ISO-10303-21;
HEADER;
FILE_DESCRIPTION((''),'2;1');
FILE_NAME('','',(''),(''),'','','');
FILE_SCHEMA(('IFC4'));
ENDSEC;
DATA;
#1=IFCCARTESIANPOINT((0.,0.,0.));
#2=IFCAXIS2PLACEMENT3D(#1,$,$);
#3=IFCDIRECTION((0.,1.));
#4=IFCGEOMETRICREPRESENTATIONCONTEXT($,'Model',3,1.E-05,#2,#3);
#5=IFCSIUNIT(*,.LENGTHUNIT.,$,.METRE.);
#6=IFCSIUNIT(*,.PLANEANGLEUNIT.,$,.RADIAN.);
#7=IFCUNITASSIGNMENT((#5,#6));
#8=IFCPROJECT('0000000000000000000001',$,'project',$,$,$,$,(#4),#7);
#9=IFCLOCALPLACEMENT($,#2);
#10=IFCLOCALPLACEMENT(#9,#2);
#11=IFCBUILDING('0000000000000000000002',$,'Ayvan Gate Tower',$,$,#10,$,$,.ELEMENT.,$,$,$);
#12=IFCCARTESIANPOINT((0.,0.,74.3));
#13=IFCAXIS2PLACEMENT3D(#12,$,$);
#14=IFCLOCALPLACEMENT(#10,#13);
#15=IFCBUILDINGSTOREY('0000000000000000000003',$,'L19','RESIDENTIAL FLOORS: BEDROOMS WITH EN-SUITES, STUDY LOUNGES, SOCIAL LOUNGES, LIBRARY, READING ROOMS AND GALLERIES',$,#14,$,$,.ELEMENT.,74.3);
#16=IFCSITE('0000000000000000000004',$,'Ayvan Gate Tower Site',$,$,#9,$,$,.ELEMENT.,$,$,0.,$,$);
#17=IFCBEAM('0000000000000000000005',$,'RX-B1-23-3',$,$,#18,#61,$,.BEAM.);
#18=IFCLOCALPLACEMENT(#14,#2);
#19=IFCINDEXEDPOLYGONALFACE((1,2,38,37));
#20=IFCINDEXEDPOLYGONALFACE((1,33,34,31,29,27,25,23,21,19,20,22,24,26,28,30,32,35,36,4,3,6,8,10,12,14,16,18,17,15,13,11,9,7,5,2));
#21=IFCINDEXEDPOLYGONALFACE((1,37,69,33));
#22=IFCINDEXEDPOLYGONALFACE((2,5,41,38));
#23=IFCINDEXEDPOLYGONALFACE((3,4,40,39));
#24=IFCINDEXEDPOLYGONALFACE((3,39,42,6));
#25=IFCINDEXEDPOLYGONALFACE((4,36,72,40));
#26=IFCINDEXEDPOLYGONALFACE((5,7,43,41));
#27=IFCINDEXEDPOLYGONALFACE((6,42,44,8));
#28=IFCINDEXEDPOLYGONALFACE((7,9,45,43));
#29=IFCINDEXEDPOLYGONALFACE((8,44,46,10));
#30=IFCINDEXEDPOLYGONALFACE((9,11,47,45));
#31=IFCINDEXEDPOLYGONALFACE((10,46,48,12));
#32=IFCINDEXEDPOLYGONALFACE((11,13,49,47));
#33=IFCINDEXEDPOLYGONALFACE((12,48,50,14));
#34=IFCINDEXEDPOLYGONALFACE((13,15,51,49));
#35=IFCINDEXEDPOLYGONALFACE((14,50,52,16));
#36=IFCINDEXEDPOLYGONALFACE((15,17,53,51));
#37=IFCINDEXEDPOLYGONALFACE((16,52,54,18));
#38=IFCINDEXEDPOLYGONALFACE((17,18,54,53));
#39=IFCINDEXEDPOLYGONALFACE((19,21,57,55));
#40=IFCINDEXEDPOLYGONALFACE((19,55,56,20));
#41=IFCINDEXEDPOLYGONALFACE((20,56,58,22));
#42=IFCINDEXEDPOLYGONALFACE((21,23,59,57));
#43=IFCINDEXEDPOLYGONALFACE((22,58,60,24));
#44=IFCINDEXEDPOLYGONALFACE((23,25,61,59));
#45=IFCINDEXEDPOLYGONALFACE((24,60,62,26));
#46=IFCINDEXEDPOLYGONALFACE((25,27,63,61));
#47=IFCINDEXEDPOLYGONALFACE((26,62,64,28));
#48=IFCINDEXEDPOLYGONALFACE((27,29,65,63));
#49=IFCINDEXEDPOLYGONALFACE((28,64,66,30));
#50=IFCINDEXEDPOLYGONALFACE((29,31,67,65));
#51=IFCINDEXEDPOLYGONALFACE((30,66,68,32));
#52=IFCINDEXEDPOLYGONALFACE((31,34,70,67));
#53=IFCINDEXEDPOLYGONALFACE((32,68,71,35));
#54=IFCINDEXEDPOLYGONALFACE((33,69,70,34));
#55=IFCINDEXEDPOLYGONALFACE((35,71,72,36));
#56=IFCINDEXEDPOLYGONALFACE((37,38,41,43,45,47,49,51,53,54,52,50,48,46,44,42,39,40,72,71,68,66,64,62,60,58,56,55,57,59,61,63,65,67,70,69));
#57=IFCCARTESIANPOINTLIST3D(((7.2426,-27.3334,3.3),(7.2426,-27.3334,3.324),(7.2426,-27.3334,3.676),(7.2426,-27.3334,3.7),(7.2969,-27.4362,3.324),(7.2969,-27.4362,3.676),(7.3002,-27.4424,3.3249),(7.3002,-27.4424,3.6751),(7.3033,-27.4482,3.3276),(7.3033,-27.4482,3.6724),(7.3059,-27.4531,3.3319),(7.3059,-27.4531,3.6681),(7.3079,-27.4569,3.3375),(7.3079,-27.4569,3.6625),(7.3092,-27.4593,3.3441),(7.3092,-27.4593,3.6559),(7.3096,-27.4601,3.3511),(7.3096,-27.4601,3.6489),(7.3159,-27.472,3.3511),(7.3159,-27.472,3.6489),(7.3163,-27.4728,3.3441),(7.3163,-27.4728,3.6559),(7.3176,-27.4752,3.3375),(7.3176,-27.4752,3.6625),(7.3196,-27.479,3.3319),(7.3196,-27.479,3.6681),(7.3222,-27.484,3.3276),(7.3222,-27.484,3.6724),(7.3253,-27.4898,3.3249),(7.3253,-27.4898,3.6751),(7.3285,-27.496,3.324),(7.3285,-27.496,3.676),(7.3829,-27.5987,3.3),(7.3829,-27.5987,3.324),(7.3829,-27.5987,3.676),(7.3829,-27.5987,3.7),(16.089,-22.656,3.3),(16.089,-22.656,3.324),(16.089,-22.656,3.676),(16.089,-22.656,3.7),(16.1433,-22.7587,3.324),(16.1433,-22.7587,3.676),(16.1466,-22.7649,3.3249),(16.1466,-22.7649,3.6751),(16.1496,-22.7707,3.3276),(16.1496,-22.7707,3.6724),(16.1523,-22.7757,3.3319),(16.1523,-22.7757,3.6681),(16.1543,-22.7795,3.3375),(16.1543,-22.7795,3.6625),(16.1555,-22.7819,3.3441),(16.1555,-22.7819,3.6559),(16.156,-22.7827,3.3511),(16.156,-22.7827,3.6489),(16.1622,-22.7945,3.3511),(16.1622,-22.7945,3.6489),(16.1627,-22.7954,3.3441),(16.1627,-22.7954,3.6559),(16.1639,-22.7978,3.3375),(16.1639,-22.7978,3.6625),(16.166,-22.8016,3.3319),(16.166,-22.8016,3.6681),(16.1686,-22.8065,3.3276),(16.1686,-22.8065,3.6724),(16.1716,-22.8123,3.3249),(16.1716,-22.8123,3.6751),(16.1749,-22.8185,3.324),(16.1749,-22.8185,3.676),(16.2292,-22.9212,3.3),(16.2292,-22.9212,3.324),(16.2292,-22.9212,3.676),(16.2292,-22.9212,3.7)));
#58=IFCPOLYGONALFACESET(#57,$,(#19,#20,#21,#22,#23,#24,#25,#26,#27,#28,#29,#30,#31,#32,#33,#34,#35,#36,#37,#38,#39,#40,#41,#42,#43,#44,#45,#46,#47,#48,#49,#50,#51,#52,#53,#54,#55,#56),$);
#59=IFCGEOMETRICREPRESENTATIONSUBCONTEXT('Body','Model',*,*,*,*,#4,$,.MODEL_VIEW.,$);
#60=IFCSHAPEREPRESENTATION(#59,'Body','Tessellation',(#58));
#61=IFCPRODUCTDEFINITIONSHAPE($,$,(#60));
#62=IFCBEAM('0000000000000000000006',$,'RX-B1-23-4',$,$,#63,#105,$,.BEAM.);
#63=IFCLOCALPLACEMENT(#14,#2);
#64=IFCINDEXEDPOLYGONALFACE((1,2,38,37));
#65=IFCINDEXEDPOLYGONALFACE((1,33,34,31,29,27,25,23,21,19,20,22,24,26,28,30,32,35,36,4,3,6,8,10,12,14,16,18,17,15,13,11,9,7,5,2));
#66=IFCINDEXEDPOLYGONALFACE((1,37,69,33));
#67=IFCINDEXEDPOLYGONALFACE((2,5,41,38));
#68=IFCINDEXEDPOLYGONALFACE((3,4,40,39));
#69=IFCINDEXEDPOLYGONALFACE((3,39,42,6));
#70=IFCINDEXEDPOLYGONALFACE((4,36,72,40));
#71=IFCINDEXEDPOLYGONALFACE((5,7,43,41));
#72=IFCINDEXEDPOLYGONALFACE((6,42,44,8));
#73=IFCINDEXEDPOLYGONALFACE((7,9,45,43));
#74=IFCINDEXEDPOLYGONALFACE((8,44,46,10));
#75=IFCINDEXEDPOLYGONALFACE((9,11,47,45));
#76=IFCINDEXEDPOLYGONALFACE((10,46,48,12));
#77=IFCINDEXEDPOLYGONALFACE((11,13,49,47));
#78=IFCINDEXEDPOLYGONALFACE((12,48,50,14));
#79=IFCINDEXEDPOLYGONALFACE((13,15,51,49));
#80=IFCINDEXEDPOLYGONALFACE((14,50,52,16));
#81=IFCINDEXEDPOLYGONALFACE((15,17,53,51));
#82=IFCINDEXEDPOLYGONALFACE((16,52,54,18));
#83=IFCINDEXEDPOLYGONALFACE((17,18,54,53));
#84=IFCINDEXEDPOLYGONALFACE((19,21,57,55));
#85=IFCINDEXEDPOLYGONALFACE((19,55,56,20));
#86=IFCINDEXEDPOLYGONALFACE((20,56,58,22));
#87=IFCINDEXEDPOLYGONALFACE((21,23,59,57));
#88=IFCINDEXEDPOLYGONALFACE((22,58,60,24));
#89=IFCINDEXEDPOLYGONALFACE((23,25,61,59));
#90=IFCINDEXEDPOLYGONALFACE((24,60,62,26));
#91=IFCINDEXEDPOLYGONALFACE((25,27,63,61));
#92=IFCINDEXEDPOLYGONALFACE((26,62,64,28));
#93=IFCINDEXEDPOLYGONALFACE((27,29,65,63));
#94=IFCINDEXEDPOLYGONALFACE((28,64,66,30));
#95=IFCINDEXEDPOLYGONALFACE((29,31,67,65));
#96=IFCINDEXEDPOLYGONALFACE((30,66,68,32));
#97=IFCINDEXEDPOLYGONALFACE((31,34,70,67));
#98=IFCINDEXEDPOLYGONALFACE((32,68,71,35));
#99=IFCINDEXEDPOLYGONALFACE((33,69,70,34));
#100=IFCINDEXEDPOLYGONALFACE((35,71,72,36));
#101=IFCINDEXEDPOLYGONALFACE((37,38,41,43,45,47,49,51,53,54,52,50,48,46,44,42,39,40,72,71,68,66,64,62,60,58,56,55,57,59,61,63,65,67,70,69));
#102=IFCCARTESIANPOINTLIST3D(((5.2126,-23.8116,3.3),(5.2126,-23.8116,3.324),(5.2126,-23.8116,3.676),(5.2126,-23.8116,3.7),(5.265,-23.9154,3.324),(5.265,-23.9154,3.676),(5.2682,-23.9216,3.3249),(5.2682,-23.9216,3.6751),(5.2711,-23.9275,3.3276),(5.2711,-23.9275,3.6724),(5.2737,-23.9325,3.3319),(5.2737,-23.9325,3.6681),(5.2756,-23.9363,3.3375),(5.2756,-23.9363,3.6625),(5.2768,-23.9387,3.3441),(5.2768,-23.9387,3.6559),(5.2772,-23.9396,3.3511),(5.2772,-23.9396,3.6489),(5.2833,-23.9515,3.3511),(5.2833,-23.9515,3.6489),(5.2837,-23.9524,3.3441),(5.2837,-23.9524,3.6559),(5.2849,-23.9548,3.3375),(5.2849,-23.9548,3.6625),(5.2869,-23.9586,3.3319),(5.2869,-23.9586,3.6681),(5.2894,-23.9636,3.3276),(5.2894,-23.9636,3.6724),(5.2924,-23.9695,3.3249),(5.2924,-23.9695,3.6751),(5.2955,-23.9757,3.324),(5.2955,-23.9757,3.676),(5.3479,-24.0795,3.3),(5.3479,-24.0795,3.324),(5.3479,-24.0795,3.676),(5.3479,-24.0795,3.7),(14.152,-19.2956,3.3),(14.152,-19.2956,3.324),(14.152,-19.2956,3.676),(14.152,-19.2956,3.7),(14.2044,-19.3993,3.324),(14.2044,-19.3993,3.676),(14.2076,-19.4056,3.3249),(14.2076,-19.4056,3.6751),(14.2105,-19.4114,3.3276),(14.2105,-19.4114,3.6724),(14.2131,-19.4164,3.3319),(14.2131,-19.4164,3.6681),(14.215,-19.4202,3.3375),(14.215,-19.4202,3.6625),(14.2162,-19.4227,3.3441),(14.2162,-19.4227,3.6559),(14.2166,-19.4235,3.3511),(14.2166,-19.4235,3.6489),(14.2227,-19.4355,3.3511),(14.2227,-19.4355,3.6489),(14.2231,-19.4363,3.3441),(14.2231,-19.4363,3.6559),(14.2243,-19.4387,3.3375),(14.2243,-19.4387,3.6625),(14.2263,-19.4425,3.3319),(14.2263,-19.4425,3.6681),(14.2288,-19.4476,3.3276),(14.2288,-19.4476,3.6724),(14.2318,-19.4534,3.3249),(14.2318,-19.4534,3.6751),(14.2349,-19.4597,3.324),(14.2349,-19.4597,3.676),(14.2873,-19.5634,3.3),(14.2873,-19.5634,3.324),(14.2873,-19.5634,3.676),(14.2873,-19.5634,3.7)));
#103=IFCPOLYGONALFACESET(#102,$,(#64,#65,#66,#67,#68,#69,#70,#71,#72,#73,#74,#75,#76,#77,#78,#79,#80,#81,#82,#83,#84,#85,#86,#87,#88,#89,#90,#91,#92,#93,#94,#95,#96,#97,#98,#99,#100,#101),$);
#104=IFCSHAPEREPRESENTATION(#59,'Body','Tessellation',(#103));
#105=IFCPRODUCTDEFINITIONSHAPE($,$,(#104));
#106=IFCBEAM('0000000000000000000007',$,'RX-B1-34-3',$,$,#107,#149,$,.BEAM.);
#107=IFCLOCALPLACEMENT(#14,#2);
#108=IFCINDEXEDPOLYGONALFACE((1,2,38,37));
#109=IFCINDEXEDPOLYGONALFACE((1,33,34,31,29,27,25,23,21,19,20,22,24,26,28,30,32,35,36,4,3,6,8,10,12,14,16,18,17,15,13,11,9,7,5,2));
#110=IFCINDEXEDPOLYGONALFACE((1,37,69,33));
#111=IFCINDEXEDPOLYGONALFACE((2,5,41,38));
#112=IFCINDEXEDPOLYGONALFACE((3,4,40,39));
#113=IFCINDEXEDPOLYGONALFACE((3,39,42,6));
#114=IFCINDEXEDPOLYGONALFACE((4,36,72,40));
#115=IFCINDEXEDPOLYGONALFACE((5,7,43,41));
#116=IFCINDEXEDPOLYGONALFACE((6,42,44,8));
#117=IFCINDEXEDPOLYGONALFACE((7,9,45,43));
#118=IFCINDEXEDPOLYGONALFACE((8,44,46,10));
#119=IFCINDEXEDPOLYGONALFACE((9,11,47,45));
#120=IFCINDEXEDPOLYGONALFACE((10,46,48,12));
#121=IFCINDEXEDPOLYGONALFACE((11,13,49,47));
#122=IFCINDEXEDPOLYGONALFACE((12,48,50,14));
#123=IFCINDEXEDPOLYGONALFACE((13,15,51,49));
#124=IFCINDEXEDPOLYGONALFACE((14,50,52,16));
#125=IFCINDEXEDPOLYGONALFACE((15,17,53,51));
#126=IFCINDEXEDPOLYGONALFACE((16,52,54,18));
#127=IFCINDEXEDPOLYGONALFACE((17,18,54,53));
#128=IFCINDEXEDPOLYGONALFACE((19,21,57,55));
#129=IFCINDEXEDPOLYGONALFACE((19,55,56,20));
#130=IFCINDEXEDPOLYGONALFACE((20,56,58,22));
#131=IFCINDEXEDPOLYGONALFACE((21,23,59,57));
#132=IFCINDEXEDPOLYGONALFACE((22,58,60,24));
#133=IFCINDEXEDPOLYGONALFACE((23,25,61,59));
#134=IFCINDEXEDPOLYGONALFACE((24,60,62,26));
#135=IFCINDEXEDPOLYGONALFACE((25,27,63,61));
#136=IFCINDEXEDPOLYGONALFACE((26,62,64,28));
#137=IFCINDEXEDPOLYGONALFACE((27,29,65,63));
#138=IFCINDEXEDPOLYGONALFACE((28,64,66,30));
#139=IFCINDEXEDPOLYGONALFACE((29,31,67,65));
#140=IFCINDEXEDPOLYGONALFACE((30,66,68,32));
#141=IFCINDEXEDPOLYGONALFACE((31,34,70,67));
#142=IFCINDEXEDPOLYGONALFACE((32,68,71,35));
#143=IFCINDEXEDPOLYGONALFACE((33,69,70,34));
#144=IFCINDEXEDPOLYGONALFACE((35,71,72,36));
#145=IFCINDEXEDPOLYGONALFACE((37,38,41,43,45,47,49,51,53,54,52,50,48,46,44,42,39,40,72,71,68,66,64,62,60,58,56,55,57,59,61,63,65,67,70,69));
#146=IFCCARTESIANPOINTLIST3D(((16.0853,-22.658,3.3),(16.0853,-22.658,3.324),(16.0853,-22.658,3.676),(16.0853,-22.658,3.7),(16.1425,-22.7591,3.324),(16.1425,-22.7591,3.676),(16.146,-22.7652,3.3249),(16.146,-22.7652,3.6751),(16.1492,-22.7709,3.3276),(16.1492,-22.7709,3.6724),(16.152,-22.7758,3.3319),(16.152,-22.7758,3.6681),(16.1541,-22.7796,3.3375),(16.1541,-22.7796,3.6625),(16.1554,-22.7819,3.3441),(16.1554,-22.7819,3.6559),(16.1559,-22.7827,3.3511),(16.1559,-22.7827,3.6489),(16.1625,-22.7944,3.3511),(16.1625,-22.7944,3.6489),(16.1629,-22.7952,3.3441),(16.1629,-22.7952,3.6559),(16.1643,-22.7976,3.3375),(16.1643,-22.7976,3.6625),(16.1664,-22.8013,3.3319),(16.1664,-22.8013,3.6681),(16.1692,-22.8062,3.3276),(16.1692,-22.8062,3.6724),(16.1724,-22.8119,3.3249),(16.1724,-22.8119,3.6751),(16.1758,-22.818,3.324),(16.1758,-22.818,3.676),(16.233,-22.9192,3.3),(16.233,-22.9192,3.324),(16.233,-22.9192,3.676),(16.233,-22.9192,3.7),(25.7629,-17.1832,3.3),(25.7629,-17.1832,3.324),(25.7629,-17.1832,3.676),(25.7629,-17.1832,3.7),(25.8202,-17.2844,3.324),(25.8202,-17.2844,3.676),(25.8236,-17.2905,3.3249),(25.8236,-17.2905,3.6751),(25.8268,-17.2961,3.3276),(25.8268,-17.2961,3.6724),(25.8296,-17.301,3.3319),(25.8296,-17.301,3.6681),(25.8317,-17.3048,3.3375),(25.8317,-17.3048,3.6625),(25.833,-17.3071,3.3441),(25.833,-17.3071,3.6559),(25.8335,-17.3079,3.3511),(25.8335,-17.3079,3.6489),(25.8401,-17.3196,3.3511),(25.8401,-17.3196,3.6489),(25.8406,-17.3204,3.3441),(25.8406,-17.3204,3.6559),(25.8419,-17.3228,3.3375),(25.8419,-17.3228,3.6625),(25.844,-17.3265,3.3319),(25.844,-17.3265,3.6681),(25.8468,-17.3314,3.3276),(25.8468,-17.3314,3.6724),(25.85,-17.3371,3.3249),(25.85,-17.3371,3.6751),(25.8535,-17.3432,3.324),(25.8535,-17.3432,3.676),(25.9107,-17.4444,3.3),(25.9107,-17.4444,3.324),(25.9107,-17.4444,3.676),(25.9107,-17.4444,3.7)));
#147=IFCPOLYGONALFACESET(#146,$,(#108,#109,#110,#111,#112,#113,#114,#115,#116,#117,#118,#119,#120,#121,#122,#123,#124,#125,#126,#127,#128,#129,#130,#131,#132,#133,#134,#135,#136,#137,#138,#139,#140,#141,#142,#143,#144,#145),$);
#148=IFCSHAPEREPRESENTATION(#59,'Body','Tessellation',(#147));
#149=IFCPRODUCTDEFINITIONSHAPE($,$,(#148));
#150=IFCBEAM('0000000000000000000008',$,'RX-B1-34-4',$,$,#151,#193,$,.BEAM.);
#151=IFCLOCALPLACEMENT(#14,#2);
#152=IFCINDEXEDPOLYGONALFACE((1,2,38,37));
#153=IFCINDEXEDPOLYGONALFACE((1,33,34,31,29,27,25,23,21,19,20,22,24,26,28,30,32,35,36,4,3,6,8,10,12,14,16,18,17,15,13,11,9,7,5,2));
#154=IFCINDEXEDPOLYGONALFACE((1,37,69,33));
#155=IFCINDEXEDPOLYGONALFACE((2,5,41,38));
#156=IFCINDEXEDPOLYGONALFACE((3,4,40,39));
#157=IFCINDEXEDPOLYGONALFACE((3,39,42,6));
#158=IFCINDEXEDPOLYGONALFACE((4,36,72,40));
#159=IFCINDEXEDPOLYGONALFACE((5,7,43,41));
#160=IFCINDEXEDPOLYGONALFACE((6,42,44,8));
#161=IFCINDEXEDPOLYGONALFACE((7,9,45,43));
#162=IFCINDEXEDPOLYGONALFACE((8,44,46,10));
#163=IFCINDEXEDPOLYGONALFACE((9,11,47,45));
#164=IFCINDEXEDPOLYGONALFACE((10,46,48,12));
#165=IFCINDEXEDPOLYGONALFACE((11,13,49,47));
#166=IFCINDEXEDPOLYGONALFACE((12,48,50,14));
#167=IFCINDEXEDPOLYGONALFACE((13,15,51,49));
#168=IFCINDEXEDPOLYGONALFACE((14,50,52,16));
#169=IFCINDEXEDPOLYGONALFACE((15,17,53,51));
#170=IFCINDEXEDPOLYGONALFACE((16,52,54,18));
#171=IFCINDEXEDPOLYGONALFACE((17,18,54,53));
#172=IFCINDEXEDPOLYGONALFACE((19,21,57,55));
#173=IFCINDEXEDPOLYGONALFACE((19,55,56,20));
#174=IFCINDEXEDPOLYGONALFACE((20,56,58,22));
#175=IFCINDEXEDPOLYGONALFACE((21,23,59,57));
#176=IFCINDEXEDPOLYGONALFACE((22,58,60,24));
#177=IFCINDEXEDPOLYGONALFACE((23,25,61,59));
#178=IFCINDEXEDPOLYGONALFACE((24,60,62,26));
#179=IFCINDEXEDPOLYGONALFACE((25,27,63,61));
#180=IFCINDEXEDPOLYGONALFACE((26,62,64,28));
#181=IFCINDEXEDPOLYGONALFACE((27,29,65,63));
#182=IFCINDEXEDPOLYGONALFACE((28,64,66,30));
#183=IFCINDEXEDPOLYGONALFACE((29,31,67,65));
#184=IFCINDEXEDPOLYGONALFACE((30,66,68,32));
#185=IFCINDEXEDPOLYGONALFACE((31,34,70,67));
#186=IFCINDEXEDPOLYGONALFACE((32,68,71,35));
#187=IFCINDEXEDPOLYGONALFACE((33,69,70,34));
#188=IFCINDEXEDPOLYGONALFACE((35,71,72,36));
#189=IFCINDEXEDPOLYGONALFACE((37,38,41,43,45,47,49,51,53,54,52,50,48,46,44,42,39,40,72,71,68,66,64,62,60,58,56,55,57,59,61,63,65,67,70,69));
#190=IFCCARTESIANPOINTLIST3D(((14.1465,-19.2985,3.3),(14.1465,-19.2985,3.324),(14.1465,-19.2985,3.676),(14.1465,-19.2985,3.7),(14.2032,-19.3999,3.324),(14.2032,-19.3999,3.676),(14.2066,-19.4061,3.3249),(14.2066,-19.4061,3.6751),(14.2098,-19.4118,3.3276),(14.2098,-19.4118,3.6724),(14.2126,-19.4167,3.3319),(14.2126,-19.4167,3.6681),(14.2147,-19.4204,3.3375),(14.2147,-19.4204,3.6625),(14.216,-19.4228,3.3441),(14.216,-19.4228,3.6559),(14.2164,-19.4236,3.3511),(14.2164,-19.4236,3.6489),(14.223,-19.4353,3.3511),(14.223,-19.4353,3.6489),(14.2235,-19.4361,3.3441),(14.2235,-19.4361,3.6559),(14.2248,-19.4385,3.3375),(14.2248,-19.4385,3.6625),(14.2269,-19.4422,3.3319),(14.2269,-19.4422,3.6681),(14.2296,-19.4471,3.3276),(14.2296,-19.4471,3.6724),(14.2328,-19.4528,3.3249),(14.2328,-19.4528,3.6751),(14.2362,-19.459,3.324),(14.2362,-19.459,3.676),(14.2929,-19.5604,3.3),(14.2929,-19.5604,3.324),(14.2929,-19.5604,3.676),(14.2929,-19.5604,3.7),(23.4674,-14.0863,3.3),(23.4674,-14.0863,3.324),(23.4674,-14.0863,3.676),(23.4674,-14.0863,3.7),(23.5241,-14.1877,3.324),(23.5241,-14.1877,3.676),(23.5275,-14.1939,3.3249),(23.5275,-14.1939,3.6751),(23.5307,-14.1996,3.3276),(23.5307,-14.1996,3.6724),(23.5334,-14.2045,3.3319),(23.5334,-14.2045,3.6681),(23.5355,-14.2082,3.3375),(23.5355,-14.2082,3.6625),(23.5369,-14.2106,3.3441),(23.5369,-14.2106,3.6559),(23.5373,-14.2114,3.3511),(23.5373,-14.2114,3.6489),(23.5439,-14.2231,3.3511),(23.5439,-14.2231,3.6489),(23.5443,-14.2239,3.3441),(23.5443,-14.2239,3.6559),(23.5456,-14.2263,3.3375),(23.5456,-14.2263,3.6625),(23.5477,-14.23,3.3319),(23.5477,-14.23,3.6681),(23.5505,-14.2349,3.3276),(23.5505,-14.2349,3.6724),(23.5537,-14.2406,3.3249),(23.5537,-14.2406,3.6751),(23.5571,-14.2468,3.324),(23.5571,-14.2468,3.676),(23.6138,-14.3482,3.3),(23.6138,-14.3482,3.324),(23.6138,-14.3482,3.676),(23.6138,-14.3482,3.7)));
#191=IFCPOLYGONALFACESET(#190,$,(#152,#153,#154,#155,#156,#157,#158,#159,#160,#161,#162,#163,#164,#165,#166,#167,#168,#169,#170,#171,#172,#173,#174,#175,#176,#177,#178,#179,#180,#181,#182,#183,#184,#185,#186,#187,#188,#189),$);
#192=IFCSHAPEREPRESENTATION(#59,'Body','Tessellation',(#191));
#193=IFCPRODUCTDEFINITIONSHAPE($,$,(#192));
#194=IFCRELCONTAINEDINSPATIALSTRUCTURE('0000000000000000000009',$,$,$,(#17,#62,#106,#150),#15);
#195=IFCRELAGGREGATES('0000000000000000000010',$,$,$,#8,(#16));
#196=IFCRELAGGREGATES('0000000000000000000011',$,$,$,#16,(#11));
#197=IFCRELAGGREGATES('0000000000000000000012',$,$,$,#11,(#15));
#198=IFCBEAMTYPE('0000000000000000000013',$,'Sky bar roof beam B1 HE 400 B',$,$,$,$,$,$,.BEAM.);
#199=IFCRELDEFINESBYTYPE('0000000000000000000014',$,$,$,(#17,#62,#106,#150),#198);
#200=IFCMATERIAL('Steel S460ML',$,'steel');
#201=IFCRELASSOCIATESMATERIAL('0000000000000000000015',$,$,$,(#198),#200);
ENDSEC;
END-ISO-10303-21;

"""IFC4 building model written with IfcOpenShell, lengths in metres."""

from ifc_helpers import new_model, si_unit, direction, frame, origin, origin_2d, place, context, subcontext, project, spatial, i_section, extrude, material, material_profile, profile_set, type_object, element, save


model = new_model("IFC4")

# Units and contexts
model_context = context("Model", 3, precision=1e-05, world=origin(), true_north=direction((0.0, 1.0)))
body_context = subcontext(model_context, "Body", "Model", "MODEL_VIEW")
ifc_project = project(units=[si_unit("LENGTHUNIT", "METRE"), si_unit("PLANEANGLEUNIT", "RADIAN")], contexts=[model_context])

# Site, building, storey
site_placement = place(None, origin())
site = spatial("IfcSite", under=ifc_project, at=site_placement, Name="Ayvan Gate Tower Site", CompositionType="ELEMENT", RefElevation=0.0)
building_placement = place(site_placement, origin())
building = spatial("IfcBuilding", under=site, at=building_placement, Name="Ayvan Gate Tower", CompositionType="ELEMENT")
storey_placement = place(building_placement, frame((0.0, 0.0, 74.3)))
storey = spatial("IfcBuildingStorey", under=building, at=storey_placement, Name="L19", Description="RESIDENTIAL FLOORS: BEDROOMS WITH EN-SUITES, STUDY LOUNGES, SOCIAL LOUNGES, LIBRARY, READING ROOMS AND GALLERIES", CompositionType="ELEMENT", Elevation=74.3)

# Beams
ifc_material_1 = material(Name="Steel S460ML", Category="steel")
ifc_material_profile_1 = material_profile(ifc_material_1, i_section(OverallWidth=0.3, OverallDepth=0.3999, WebThickness=0.0134, FlangeThickness=0.0239, FilletRadius=0.0271, at=origin_2d()), Name="HE 400 B")
ifc_profile_set_1 = profile_set([ifc_material_profile_1], Name="Steel S460ML")
beam_type_1 = type_object("IfcBeamType", Name="Sky bar roof beam B1 HE 400 B", PredefinedType="BEAM", material=ifc_profile_set_1)
beam_1_placement = place(storey_placement, frame((7.3127, -27.4661, 3.5), z_axis=(0.884032, 0.467426, 0.0), x_axis=(-0.467426, 0.884032, 0.0)))
element("IfcBeam", 1, at=beam_1_placement, inside=storey, type_object=beam_type_1, Name="RX-B1-23-3", PredefinedType="BEAM", context=body_context, shape_type="SweptSolid", body=[
    extrude(i_section(OverallWidth=0.3, OverallDepth=0.3999, WebThickness=0.0134, FlangeThickness=0.0239, FilletRadius=0.0271, at=origin_2d()), origin(), (0.0, 0.0, 1.0), 10.0068),
])
beam_2_placement = place(storey_placement, frame((5.2803, -23.9456, 3.5), z_axis=(0.892567, 0.450915, 0.0), x_axis=(-0.450915, 0.892567, 0.0)))
element("IfcBeam", 2, at=beam_2_placement, inside=storey, type_object=beam_type_1, Name="RX-B1-23-4", PredefinedType="BEAM", context=body_context, shape_type="SweptSolid", body=[
    extrude(i_section(OverallWidth=0.3, OverallDepth=0.3999, WebThickness=0.0134, FlangeThickness=0.0239, FilletRadius=0.0271, at=origin_2d()), origin(), (0.0, 0.0, 1.0), 10.0154),
])
beam_3_placement = place(storey_placement, frame((16.1592, -22.7886, 3.5), z_axis=(0.870377, 0.492386, 0.0), x_axis=(-0.492386, 0.870377, 0.0)))
element("IfcBeam", 3, at=beam_3_placement, inside=storey, type_object=beam_type_1, Name="RX-B1-34-3", PredefinedType="BEAM", context=body_context, shape_type="SweptSolid", body=[
    extrude(i_section(OverallWidth=0.3, OverallDepth=0.3999, WebThickness=0.0134, FlangeThickness=0.0239, FilletRadius=0.0271, at=origin_2d()), origin(), (0.0, 0.0, 1.0), 11.1189),
])
beam_4_placement = place(storey_placement, frame((14.2197, -19.4294, 3.5), z_axis=(0.872805, 0.488069, 0.0), x_axis=(-0.488069, 0.872805, 0.0)))
element("IfcBeam", 4, at=beam_4_placement, inside=storey, type_object=beam_type_1, Name="RX-B1-34-4", PredefinedType="BEAM", context=body_context, shape_type="SweptSolid", body=[
    extrude(i_section(OverallWidth=0.3, OverallDepth=0.3999, WebThickness=0.0134, FlangeThickness=0.0239, FilletRadius=0.0271, at=origin_2d()), origin(), (0.0, 0.0, 1.0), 10.6792),
])

save(model, "model.ifc")
